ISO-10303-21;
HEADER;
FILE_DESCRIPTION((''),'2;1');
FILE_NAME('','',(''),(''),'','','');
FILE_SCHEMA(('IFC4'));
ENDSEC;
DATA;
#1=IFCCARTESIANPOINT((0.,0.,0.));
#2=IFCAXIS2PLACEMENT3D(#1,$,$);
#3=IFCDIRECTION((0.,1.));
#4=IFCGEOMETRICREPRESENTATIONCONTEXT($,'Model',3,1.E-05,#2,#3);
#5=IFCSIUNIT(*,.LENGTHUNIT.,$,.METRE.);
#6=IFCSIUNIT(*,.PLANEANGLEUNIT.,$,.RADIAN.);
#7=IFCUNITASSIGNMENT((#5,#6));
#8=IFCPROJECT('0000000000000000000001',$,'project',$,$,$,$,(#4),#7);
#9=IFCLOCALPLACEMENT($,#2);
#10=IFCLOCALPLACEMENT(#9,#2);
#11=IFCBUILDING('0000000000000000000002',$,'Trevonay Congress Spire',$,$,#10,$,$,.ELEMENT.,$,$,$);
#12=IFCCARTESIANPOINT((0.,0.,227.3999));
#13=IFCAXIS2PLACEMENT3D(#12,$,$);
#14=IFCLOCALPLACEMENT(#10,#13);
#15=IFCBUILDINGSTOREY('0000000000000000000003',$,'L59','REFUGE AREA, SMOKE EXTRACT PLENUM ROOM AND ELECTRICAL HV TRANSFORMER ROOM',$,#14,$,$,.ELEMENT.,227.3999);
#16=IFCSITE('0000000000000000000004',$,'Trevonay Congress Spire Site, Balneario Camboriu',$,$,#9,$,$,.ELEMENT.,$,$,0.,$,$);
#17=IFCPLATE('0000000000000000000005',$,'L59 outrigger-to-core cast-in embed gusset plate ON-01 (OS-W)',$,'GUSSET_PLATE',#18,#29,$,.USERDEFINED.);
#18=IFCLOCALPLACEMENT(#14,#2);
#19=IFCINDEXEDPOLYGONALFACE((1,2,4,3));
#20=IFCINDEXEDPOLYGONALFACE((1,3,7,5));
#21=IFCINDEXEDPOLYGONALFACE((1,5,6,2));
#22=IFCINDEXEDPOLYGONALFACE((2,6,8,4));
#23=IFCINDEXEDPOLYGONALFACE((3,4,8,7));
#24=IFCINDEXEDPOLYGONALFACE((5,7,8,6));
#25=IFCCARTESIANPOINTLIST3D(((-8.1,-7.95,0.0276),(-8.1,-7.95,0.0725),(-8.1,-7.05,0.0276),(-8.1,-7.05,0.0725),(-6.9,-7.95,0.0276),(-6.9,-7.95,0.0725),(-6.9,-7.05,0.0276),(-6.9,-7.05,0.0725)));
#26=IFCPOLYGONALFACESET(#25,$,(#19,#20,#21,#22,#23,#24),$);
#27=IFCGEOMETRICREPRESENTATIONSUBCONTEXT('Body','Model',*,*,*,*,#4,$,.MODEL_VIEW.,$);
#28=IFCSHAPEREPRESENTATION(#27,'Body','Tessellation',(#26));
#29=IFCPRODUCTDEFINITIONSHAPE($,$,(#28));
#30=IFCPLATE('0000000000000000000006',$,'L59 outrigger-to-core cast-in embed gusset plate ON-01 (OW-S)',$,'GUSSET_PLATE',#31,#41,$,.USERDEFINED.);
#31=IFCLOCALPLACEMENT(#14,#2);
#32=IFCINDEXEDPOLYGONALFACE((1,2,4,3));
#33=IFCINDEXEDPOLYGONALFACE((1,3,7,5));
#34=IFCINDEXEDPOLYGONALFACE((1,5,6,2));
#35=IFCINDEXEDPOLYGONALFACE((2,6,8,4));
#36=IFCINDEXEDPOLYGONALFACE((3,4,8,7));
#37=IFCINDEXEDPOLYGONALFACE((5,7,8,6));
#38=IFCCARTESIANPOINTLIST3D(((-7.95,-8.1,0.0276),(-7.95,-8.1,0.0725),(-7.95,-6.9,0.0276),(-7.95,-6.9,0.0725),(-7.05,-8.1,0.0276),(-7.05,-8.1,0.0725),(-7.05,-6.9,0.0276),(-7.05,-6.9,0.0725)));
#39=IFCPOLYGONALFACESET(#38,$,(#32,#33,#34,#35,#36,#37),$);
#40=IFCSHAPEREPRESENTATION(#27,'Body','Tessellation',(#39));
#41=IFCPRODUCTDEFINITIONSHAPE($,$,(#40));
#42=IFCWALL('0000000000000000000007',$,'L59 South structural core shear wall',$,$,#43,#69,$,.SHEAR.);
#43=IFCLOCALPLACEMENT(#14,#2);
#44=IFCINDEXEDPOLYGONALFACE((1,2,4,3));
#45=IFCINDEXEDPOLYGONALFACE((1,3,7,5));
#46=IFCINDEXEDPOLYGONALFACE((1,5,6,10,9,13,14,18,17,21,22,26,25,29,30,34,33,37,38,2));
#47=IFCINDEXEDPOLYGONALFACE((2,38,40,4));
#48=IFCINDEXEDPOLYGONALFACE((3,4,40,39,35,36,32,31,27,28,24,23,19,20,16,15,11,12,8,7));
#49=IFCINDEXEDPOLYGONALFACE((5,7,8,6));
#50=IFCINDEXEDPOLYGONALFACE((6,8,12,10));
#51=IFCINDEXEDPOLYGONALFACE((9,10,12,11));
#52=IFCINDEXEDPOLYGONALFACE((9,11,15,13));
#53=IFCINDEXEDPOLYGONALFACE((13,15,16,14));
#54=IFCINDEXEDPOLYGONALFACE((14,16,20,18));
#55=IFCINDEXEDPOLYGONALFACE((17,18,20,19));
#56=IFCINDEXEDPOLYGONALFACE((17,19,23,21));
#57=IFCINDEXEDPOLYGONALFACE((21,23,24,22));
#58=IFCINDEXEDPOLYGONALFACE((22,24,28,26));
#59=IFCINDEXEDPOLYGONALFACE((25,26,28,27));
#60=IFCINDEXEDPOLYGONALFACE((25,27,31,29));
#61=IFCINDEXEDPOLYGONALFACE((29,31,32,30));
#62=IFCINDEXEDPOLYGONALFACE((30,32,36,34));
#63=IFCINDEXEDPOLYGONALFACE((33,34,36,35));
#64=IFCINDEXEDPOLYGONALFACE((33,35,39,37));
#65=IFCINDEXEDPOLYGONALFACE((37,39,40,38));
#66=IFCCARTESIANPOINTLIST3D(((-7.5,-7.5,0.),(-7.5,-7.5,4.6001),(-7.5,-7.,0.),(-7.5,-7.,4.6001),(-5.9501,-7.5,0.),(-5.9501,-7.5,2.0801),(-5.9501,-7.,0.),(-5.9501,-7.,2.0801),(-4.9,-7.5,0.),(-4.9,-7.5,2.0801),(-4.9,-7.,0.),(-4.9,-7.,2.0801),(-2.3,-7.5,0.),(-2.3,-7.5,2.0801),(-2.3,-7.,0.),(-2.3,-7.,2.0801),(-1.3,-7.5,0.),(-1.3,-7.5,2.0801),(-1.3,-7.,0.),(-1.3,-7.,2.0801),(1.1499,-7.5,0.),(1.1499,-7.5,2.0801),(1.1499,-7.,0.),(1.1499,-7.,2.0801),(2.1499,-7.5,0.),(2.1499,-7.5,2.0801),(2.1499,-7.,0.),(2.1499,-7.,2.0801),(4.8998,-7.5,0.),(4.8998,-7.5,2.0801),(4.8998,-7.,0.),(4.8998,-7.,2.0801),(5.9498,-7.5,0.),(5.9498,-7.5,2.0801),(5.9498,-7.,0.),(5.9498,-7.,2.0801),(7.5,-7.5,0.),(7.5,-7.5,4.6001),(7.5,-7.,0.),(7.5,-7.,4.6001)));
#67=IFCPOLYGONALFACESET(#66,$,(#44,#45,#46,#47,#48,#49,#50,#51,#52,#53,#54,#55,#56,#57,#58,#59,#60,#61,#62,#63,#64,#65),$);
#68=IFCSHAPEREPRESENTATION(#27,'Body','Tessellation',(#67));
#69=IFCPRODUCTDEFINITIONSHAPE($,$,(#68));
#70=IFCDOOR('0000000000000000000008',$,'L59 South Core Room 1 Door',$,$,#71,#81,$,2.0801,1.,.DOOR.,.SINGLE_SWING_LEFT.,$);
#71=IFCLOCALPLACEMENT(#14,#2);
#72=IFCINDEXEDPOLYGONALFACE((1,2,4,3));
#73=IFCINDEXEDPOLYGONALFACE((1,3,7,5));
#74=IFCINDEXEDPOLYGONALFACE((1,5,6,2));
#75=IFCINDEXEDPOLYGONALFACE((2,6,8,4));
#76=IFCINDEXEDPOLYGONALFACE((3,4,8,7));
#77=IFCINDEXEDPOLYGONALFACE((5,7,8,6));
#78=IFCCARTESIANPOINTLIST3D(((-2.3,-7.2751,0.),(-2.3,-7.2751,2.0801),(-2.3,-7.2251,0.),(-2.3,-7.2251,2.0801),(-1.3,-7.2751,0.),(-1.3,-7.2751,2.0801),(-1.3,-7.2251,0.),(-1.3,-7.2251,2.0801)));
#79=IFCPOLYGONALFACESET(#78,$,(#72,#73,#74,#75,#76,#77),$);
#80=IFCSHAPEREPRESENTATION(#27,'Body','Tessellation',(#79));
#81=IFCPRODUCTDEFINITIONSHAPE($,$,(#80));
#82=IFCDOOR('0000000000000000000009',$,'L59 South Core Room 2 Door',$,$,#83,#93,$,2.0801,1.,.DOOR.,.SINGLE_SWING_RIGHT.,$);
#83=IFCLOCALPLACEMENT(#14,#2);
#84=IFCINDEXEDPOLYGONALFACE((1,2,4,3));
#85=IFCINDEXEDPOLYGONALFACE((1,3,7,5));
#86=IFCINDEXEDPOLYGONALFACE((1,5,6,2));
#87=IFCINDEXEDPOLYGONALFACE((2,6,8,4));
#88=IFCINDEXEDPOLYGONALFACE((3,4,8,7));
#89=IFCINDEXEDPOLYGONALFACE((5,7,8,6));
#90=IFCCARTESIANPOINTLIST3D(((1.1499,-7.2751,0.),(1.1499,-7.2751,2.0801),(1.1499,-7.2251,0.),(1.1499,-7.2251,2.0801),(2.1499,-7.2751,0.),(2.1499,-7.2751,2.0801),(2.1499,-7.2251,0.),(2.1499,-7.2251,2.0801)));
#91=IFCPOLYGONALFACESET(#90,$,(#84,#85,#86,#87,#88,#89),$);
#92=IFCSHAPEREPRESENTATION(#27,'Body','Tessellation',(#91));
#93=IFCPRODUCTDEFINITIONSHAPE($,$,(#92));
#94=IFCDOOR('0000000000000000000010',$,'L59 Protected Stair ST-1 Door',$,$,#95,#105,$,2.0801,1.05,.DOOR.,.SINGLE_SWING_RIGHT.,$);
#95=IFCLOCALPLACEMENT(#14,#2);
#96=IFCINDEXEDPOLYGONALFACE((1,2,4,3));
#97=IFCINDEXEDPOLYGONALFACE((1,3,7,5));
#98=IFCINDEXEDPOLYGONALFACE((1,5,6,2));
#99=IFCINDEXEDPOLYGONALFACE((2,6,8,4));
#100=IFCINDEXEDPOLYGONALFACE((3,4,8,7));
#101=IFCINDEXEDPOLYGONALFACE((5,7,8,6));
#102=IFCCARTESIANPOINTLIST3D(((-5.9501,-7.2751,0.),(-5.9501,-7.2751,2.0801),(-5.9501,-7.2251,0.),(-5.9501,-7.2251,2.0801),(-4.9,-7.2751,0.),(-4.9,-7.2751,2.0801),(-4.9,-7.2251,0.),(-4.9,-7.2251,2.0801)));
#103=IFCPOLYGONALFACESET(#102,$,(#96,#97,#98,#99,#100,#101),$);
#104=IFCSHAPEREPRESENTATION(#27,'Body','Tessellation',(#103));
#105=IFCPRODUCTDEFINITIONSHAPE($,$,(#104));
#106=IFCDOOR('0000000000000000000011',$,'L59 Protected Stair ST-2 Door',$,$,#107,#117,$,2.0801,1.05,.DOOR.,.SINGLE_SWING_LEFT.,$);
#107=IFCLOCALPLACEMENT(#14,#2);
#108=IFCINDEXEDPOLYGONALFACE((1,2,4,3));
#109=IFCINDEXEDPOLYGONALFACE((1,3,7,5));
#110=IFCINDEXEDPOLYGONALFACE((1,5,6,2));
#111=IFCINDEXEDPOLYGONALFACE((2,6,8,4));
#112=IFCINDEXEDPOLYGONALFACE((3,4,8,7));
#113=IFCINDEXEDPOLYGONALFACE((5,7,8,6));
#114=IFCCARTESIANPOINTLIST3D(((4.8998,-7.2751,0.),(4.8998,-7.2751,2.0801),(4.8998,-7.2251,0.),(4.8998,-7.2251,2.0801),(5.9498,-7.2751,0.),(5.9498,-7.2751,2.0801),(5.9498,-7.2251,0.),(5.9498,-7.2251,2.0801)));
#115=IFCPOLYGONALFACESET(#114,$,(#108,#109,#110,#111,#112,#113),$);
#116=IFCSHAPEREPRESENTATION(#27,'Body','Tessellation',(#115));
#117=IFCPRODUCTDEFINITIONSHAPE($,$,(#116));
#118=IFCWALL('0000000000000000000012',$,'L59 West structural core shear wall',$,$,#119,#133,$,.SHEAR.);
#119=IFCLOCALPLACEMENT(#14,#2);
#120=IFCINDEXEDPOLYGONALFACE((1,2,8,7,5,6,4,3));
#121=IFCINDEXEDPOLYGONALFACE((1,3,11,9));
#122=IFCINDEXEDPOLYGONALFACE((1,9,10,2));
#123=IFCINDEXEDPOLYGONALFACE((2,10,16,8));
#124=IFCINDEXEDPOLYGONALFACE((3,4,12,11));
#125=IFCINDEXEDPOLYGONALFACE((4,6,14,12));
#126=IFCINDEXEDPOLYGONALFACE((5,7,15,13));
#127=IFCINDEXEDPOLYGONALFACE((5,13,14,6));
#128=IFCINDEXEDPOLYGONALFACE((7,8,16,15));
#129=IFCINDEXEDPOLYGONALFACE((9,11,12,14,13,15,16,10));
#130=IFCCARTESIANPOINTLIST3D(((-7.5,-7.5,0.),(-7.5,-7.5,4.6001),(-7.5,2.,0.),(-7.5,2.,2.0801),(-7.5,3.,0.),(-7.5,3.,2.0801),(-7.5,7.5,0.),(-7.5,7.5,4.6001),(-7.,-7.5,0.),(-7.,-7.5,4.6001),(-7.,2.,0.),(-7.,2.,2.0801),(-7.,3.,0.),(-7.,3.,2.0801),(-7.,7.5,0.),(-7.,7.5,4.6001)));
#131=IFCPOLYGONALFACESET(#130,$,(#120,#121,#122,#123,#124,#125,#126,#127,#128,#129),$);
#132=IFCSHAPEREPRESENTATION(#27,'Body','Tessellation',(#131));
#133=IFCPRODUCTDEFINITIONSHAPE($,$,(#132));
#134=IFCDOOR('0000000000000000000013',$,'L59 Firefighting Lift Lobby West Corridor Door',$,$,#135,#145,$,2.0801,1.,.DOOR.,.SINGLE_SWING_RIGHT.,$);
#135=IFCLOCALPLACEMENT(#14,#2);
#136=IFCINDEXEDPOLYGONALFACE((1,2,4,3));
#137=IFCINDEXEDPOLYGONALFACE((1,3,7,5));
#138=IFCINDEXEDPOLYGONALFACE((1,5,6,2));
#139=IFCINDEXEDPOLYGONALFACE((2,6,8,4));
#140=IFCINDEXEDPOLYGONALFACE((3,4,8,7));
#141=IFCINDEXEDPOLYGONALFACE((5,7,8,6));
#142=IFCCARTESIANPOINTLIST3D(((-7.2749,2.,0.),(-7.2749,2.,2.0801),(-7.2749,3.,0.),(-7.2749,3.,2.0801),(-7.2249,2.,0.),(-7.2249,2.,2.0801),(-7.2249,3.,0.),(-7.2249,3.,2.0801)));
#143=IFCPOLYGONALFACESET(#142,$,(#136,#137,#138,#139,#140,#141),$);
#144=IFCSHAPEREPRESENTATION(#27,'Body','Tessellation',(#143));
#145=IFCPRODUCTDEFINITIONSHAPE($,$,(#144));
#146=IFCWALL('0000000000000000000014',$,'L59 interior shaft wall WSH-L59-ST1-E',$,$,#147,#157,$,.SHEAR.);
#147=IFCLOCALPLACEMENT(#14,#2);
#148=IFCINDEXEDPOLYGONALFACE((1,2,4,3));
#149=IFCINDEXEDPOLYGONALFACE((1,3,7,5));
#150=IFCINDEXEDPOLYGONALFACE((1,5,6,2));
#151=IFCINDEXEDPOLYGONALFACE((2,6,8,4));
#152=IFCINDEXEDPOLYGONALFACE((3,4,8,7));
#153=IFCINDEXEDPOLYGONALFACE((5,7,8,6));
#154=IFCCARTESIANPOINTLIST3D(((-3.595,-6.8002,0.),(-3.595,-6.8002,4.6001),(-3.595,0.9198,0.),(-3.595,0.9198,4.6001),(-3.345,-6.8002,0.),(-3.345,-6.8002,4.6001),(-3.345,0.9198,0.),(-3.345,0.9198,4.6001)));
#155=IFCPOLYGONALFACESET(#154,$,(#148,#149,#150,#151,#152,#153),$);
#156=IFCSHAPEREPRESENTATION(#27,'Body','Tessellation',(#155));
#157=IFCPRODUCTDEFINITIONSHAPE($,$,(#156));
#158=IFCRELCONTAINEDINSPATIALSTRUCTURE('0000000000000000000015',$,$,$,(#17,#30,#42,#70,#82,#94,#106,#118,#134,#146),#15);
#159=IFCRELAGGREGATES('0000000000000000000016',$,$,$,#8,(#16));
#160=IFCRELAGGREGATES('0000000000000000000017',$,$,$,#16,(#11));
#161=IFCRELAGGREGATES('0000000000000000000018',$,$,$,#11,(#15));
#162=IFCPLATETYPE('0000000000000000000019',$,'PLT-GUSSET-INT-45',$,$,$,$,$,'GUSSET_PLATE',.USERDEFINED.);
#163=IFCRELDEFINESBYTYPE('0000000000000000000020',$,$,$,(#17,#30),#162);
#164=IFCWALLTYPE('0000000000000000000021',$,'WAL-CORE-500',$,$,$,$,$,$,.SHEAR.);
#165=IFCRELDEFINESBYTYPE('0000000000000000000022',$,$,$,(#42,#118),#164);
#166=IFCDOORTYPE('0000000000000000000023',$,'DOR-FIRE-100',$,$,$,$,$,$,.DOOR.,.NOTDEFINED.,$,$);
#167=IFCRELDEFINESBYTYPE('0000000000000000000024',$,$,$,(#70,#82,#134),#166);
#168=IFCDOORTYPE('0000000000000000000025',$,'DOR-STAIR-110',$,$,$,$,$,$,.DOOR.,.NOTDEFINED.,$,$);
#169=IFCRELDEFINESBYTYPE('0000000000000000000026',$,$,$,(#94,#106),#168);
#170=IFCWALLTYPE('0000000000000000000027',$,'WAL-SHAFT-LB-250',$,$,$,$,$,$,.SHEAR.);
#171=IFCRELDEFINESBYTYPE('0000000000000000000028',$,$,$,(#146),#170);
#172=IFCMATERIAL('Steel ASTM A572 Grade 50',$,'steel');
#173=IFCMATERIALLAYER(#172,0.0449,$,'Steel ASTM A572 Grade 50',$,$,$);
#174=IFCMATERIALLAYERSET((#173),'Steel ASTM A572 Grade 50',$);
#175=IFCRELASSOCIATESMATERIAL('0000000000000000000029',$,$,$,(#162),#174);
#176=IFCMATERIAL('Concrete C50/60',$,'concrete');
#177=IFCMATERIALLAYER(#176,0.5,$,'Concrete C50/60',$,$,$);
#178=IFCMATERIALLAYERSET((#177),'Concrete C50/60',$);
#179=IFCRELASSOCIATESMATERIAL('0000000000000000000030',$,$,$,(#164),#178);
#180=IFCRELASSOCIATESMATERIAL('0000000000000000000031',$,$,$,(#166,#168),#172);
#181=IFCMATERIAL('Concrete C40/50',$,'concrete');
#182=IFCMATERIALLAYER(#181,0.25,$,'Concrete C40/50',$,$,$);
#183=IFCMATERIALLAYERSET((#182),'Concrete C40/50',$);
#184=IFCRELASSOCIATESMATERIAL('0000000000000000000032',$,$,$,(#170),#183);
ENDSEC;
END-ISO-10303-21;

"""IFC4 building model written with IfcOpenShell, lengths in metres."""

from ifc_helpers import new_model, si_unit, direction, frame, frame_2d, origin, origin_2d, place, context, subcontext, project, spatial, rectangle, extrude, material, layer, layer_set, type_object, element, fill, save


model = new_model("IFC4")

# Units and contexts
model_context = context("Model", 3, precision=1e-05, world=origin(), true_north=direction((0.0, 1.0)))
body_context = subcontext(model_context, "Body", "Model", "MODEL_VIEW")
ifc_project = project(units=[si_unit("LENGTHUNIT", "METRE"), si_unit("PLANEANGLEUNIT", "RADIAN")], contexts=[model_context])

# Site, building, storey
site_placement = place(None, origin())
site = spatial("IfcSite", under=ifc_project, at=site_placement, Name="Trevonay Congress Spire Site, Balneario Camboriu", CompositionType="ELEMENT", RefElevation=0.0)
building_placement = place(site_placement, origin())
building = spatial("IfcBuilding", under=site, at=building_placement, Name="Trevonay Congress Spire", CompositionType="ELEMENT")
storey_placement = place(building_placement, frame((0.0, 0.0, 227.3999)))
storey = spatial("IfcBuildingStorey", under=building, at=storey_placement, Name="L59", Description="REFUGE AREA, SMOKE EXTRACT PLENUM ROOM AND ELECTRICAL HV TRANSFORMER ROOM", CompositionType="ELEMENT", Elevation=227.3999)

# Shared definitions
ifc_material_1 = material(Name="Steel ASTM A572 Grade 50", Category="steel")

# Plates
ifc_layer_1 = layer(ifc_material_1, 0.0449, Name="Steel ASTM A572 Grade 50")
ifc_layer_set_1 = layer_set([ifc_layer_1], Name="Steel ASTM A572 Grade 50")
plate_type = type_object("IfcPlateType", Name="PLT-GUSSET-INT-45", ElementType="GUSSET_PLATE", PredefinedType="USERDEFINED", material=ifc_layer_set_1)
for number, where, z_axis, x_axis, name in (
    (1, (-7.5, -7.5, 0.0276), (0.0, 0.0, 1.0), (1.0, 0.0, 0.0), "L59 outrigger-to-core cast-in embed gusset plate ON-01 (OS-W)"),
    (2, (-7.5, -7.5, 0.0276), (0.0, 0.0, 1.0), (0.0, 1.0, 0.0), "L59 outrigger-to-core cast-in embed gusset plate ON-01 (OW-S)"),
):
    element("IfcPlate", number, at=place(storey_placement, frame(where, z_axis=z_axis, x_axis=x_axis)), inside=storey, type_object=plate_type, Name=name, ObjectType="GUSSET_PLATE", PredefinedType="USERDEFINED", context=body_context, shape_type="SweptSolid", body=[
        extrude(rectangle(XDim=1.2, YDim=0.8999, at=origin_2d()), origin(), (0.0, 0.0, 1.0), 0.0449),
    ])

# Wall, openings, doors
ifc_material_2 = material(Name="Concrete C50/60", Category="concrete")
ifc_layer_2 = layer(ifc_material_2, 0.5, Name="Concrete C50/60")
ifc_layer_set_2 = layer_set([ifc_layer_2], Name="Concrete C50/60")
wall_type_1 = type_object("IfcWallType", Name="WAL-CORE-500", PredefinedType="SHEAR", material=ifc_layer_set_2)
wall_1_placement = place(storey_placement, frame((-7.5, -7.25, 0.0), z_axis=(0.0, 0.0, 1.0), x_axis=(1.0, 0.0, 0.0)))
wall_1 = element("IfcWall", 3, at=wall_1_placement, inside=storey, type_object=wall_type_1, Name="L59 South structural core shear wall", PredefinedType="SHEAR", context=body_context, shape_type="SweptSolid", body=[
    extrude(rectangle(XDim=15.0, YDim=0.5, at=frame_2d((7.5, 0.0))), origin(), (0.0, 0.0, 1.0), 4.6001),
])
opening_1_placement = place(wall_1_placement, frame((1.55, 0.0, 0.0)))
opening_1 = element("IfcOpeningElement", 4, at=opening_1_placement, cuts=wall_1, PredefinedType="OPENING", context=body_context, shape_type="SweptSolid", body=[
    extrude(rectangle(XDim=1.05, YDim=2.0801, at=frame_2d((0.5249, 1.04))), frame((0.0, 0.26, 0.0), z_axis=(0.0, -1.0, 0.0), x_axis=(1.0, 0.0, 0.0)), (0.0, 0.0, 1.0), 0.52),
])
opening_2_placement = place(wall_1_placement, frame((12.3999, 0.0, 0.0)))
opening_2 = element("IfcOpeningElement", 5, at=opening_2_placement, cuts=wall_1, PredefinedType="OPENING", context=body_context, shape_type="SweptSolid", body=[
    extrude(rectangle(XDim=1.05, YDim=2.0801, at=frame_2d((0.5249, 1.04))), frame((0.0, 0.26, 0.0), z_axis=(0.0, -1.0, 0.0), x_axis=(1.0, 0.0, 0.0)), (0.0, 0.0, 1.0), 0.52),
])
opening_3_placement = place(wall_1_placement, frame((5.2, 0.0, 0.0)))
opening_3 = element("IfcOpeningElement", 6, at=opening_3_placement, cuts=wall_1, PredefinedType="OPENING", context=body_context, shape_type="SweptSolid", body=[
    extrude(rectangle(XDim=1.0, YDim=2.0801, at=frame_2d((0.5, 1.04))), frame((0.0, 0.26, 0.0), z_axis=(0.0, -1.0, 0.0), x_axis=(1.0, 0.0, 0.0)), (0.0, 0.0, 1.0), 0.52),
])
opening_4_placement = place(wall_1_placement, frame((8.6499, 0.0, 0.0)))
opening_4 = element("IfcOpeningElement", 7, at=opening_4_placement, cuts=wall_1, PredefinedType="OPENING", context=body_context, shape_type="SweptSolid", body=[
    extrude(rectangle(XDim=1.0, YDim=2.0801, at=frame_2d((0.5, 1.04))), frame((0.0, 0.26, 0.0), z_axis=(0.0, -1.0, 0.0), x_axis=(1.0, 0.0, 0.0)), (0.0, 0.0, 1.0), 0.52),
])
door_type_1 = type_object("IfcDoorType", Name="DOR-FIRE-100", OperationType="NOTDEFINED", PredefinedType="DOOR", material=ifc_material_1)
door_1_placement = place(opening_3_placement, origin())
door_1 = element("IfcDoor", 8, at=door_1_placement, inside=storey, type_object=door_type_1, Name="L59 South Core Room 1 Door", OperationType="SINGLE_SWING_LEFT", OverallHeight=2.0801, OverallWidth=1.0, PredefinedType="DOOR", context=body_context, shape_type="SweptSolid", body=[
    extrude(rectangle(XDim=1.0, YDim=2.0801, at=frame_2d((0.5, 1.04))), frame((0.0, 0.0249, 0.0), z_axis=(0.0, -1.0, 0.0), x_axis=(1.0, 0.0, 0.0)), (0.0, 0.0, 1.0), 0.05),
])
fill(opening_3, door_1)
door_2_placement = place(opening_4_placement, origin())
door_2 = element("IfcDoor", 9, at=door_2_placement, inside=storey, type_object=door_type_1, Name="L59 South Core Room 2 Door", OperationType="SINGLE_SWING_RIGHT", OverallHeight=2.0801, OverallWidth=1.0, PredefinedType="DOOR", context=body_context, shape_type="SweptSolid", body=[
    extrude(rectangle(XDim=1.0, YDim=2.0801, at=frame_2d((0.5, 1.04))), frame((0.0, 0.0249, 0.0), z_axis=(0.0, -1.0, 0.0), x_axis=(1.0, 0.0, 0.0)), (0.0, 0.0, 1.0), 0.05),
])
fill(opening_4, door_2)
door_type_2 = type_object("IfcDoorType", Name="DOR-STAIR-110", OperationType="NOTDEFINED", PredefinedType="DOOR", material=ifc_material_1)
door_3_placement = place(opening_1_placement, origin())
door_3 = element("IfcDoor", 10, at=door_3_placement, inside=storey, type_object=door_type_2, Name="L59 Protected Stair ST-1 Door", OperationType="SINGLE_SWING_RIGHT", OverallHeight=2.0801, OverallWidth=1.05, PredefinedType="DOOR", context=body_context, shape_type="SweptSolid", body=[
    extrude(rectangle(XDim=1.05, YDim=2.0801, at=frame_2d((0.5249, 1.04))), frame((0.0, 0.0249, 0.0), z_axis=(0.0, -1.0, 0.0), x_axis=(1.0, 0.0, 0.0)), (0.0, 0.0, 1.0), 0.05),
])
fill(opening_1, door_3)
door_4_placement = place(opening_2_placement, origin())
door_4 = element("IfcDoor", 11, at=door_4_placement, inside=storey, type_object=door_type_2, Name="L59 Protected Stair ST-2 Door", OperationType="SINGLE_SWING_LEFT", OverallHeight=2.0801, OverallWidth=1.05, PredefinedType="DOOR", context=body_context, shape_type="SweptSolid", body=[
    extrude(rectangle(XDim=1.05, YDim=2.0801, at=frame_2d((0.5249, 1.04))), frame((0.0, 0.0249, 0.0), z_axis=(0.0, -1.0, 0.0), x_axis=(1.0, 0.0, 0.0)), (0.0, 0.0, 1.0), 0.05),
])
fill(opening_2, door_4)

# Wall, opening, door
wall_2_placement = place(storey_placement, frame((-7.25, -7.5, 0.0), z_axis=(0.0, 0.0, 1.0), x_axis=(0.0, 1.0, 0.0)))
wall_2 = element("IfcWall", 12, at=wall_2_placement, inside=storey, type_object=wall_type_1, Name="L59 West structural core shear wall", PredefinedType="SHEAR", context=body_context, shape_type="SweptSolid", body=[
    extrude(rectangle(XDim=15.0, YDim=0.5, at=frame_2d((7.5, 0.0))), origin(), (0.0, 0.0, 1.0), 4.6001),
])
opening_5_placement = place(wall_2_placement, frame((9.5, 0.0, 0.0)))
opening_5 = element("IfcOpeningElement", 13, at=opening_5_placement, cuts=wall_2, PredefinedType="OPENING", context=body_context, shape_type="SweptSolid", body=[
    extrude(rectangle(XDim=1.0, YDim=2.0801, at=frame_2d((0.5, 1.04))), frame((0.0, 0.26, 0.0), z_axis=(0.0, -1.0, 0.0), x_axis=(1.0, 0.0, 0.0)), (0.0, 0.0, 1.0), 0.52),
])
door_5_placement = place(opening_5_placement, origin())
door_5 = element("IfcDoor", 14, at=door_5_placement, inside=storey, type_object=door_type_1, Name="L59 Firefighting Lift Lobby West Corridor Door", OperationType="SINGLE_SWING_RIGHT", OverallHeight=2.0801, OverallWidth=1.0, PredefinedType="DOOR", context=body_context, shape_type="SweptSolid", body=[
    extrude(rectangle(XDim=1.0, YDim=2.0801, at=frame_2d((0.5, 1.04))), frame((0.0, 0.0249, 0.0), z_axis=(0.0, -1.0, 0.0), x_axis=(1.0, 0.0, 0.0)), (0.0, 0.0, 1.0), 0.05),
])
fill(opening_5, door_5)

# Wall
ifc_material_3 = material(Name="Concrete C40/50", Category="concrete")
ifc_layer_3 = layer(ifc_material_3, 0.25, Name="Concrete C40/50")
ifc_layer_set_3 = layer_set([ifc_layer_3], Name="Concrete C40/50")
wall_type_2 = type_object("IfcWallType", Name="WAL-SHAFT-LB-250", PredefinedType="SHEAR", material=ifc_layer_set_3)
wall_3_placement = place(storey_placement, frame((-3.47, -6.8, 0.0), z_axis=(0.0, 0.0, 1.0), x_axis=(0.0, 1.0, 0.0)))
element("IfcWall", 15, at=wall_3_placement, inside=storey, type_object=wall_type_2, Name="L59 interior shaft wall WSH-L59-ST1-E", PredefinedType="SHEAR", context=body_context, shape_type="SweptSolid", body=[
    extrude(rectangle(XDim=7.72, YDim=0.25, at=frame_2d((3.8599, 0.0))), origin(), (0.0, 0.0, 1.0), 4.6001),
])

save(model, "model.ifc")
